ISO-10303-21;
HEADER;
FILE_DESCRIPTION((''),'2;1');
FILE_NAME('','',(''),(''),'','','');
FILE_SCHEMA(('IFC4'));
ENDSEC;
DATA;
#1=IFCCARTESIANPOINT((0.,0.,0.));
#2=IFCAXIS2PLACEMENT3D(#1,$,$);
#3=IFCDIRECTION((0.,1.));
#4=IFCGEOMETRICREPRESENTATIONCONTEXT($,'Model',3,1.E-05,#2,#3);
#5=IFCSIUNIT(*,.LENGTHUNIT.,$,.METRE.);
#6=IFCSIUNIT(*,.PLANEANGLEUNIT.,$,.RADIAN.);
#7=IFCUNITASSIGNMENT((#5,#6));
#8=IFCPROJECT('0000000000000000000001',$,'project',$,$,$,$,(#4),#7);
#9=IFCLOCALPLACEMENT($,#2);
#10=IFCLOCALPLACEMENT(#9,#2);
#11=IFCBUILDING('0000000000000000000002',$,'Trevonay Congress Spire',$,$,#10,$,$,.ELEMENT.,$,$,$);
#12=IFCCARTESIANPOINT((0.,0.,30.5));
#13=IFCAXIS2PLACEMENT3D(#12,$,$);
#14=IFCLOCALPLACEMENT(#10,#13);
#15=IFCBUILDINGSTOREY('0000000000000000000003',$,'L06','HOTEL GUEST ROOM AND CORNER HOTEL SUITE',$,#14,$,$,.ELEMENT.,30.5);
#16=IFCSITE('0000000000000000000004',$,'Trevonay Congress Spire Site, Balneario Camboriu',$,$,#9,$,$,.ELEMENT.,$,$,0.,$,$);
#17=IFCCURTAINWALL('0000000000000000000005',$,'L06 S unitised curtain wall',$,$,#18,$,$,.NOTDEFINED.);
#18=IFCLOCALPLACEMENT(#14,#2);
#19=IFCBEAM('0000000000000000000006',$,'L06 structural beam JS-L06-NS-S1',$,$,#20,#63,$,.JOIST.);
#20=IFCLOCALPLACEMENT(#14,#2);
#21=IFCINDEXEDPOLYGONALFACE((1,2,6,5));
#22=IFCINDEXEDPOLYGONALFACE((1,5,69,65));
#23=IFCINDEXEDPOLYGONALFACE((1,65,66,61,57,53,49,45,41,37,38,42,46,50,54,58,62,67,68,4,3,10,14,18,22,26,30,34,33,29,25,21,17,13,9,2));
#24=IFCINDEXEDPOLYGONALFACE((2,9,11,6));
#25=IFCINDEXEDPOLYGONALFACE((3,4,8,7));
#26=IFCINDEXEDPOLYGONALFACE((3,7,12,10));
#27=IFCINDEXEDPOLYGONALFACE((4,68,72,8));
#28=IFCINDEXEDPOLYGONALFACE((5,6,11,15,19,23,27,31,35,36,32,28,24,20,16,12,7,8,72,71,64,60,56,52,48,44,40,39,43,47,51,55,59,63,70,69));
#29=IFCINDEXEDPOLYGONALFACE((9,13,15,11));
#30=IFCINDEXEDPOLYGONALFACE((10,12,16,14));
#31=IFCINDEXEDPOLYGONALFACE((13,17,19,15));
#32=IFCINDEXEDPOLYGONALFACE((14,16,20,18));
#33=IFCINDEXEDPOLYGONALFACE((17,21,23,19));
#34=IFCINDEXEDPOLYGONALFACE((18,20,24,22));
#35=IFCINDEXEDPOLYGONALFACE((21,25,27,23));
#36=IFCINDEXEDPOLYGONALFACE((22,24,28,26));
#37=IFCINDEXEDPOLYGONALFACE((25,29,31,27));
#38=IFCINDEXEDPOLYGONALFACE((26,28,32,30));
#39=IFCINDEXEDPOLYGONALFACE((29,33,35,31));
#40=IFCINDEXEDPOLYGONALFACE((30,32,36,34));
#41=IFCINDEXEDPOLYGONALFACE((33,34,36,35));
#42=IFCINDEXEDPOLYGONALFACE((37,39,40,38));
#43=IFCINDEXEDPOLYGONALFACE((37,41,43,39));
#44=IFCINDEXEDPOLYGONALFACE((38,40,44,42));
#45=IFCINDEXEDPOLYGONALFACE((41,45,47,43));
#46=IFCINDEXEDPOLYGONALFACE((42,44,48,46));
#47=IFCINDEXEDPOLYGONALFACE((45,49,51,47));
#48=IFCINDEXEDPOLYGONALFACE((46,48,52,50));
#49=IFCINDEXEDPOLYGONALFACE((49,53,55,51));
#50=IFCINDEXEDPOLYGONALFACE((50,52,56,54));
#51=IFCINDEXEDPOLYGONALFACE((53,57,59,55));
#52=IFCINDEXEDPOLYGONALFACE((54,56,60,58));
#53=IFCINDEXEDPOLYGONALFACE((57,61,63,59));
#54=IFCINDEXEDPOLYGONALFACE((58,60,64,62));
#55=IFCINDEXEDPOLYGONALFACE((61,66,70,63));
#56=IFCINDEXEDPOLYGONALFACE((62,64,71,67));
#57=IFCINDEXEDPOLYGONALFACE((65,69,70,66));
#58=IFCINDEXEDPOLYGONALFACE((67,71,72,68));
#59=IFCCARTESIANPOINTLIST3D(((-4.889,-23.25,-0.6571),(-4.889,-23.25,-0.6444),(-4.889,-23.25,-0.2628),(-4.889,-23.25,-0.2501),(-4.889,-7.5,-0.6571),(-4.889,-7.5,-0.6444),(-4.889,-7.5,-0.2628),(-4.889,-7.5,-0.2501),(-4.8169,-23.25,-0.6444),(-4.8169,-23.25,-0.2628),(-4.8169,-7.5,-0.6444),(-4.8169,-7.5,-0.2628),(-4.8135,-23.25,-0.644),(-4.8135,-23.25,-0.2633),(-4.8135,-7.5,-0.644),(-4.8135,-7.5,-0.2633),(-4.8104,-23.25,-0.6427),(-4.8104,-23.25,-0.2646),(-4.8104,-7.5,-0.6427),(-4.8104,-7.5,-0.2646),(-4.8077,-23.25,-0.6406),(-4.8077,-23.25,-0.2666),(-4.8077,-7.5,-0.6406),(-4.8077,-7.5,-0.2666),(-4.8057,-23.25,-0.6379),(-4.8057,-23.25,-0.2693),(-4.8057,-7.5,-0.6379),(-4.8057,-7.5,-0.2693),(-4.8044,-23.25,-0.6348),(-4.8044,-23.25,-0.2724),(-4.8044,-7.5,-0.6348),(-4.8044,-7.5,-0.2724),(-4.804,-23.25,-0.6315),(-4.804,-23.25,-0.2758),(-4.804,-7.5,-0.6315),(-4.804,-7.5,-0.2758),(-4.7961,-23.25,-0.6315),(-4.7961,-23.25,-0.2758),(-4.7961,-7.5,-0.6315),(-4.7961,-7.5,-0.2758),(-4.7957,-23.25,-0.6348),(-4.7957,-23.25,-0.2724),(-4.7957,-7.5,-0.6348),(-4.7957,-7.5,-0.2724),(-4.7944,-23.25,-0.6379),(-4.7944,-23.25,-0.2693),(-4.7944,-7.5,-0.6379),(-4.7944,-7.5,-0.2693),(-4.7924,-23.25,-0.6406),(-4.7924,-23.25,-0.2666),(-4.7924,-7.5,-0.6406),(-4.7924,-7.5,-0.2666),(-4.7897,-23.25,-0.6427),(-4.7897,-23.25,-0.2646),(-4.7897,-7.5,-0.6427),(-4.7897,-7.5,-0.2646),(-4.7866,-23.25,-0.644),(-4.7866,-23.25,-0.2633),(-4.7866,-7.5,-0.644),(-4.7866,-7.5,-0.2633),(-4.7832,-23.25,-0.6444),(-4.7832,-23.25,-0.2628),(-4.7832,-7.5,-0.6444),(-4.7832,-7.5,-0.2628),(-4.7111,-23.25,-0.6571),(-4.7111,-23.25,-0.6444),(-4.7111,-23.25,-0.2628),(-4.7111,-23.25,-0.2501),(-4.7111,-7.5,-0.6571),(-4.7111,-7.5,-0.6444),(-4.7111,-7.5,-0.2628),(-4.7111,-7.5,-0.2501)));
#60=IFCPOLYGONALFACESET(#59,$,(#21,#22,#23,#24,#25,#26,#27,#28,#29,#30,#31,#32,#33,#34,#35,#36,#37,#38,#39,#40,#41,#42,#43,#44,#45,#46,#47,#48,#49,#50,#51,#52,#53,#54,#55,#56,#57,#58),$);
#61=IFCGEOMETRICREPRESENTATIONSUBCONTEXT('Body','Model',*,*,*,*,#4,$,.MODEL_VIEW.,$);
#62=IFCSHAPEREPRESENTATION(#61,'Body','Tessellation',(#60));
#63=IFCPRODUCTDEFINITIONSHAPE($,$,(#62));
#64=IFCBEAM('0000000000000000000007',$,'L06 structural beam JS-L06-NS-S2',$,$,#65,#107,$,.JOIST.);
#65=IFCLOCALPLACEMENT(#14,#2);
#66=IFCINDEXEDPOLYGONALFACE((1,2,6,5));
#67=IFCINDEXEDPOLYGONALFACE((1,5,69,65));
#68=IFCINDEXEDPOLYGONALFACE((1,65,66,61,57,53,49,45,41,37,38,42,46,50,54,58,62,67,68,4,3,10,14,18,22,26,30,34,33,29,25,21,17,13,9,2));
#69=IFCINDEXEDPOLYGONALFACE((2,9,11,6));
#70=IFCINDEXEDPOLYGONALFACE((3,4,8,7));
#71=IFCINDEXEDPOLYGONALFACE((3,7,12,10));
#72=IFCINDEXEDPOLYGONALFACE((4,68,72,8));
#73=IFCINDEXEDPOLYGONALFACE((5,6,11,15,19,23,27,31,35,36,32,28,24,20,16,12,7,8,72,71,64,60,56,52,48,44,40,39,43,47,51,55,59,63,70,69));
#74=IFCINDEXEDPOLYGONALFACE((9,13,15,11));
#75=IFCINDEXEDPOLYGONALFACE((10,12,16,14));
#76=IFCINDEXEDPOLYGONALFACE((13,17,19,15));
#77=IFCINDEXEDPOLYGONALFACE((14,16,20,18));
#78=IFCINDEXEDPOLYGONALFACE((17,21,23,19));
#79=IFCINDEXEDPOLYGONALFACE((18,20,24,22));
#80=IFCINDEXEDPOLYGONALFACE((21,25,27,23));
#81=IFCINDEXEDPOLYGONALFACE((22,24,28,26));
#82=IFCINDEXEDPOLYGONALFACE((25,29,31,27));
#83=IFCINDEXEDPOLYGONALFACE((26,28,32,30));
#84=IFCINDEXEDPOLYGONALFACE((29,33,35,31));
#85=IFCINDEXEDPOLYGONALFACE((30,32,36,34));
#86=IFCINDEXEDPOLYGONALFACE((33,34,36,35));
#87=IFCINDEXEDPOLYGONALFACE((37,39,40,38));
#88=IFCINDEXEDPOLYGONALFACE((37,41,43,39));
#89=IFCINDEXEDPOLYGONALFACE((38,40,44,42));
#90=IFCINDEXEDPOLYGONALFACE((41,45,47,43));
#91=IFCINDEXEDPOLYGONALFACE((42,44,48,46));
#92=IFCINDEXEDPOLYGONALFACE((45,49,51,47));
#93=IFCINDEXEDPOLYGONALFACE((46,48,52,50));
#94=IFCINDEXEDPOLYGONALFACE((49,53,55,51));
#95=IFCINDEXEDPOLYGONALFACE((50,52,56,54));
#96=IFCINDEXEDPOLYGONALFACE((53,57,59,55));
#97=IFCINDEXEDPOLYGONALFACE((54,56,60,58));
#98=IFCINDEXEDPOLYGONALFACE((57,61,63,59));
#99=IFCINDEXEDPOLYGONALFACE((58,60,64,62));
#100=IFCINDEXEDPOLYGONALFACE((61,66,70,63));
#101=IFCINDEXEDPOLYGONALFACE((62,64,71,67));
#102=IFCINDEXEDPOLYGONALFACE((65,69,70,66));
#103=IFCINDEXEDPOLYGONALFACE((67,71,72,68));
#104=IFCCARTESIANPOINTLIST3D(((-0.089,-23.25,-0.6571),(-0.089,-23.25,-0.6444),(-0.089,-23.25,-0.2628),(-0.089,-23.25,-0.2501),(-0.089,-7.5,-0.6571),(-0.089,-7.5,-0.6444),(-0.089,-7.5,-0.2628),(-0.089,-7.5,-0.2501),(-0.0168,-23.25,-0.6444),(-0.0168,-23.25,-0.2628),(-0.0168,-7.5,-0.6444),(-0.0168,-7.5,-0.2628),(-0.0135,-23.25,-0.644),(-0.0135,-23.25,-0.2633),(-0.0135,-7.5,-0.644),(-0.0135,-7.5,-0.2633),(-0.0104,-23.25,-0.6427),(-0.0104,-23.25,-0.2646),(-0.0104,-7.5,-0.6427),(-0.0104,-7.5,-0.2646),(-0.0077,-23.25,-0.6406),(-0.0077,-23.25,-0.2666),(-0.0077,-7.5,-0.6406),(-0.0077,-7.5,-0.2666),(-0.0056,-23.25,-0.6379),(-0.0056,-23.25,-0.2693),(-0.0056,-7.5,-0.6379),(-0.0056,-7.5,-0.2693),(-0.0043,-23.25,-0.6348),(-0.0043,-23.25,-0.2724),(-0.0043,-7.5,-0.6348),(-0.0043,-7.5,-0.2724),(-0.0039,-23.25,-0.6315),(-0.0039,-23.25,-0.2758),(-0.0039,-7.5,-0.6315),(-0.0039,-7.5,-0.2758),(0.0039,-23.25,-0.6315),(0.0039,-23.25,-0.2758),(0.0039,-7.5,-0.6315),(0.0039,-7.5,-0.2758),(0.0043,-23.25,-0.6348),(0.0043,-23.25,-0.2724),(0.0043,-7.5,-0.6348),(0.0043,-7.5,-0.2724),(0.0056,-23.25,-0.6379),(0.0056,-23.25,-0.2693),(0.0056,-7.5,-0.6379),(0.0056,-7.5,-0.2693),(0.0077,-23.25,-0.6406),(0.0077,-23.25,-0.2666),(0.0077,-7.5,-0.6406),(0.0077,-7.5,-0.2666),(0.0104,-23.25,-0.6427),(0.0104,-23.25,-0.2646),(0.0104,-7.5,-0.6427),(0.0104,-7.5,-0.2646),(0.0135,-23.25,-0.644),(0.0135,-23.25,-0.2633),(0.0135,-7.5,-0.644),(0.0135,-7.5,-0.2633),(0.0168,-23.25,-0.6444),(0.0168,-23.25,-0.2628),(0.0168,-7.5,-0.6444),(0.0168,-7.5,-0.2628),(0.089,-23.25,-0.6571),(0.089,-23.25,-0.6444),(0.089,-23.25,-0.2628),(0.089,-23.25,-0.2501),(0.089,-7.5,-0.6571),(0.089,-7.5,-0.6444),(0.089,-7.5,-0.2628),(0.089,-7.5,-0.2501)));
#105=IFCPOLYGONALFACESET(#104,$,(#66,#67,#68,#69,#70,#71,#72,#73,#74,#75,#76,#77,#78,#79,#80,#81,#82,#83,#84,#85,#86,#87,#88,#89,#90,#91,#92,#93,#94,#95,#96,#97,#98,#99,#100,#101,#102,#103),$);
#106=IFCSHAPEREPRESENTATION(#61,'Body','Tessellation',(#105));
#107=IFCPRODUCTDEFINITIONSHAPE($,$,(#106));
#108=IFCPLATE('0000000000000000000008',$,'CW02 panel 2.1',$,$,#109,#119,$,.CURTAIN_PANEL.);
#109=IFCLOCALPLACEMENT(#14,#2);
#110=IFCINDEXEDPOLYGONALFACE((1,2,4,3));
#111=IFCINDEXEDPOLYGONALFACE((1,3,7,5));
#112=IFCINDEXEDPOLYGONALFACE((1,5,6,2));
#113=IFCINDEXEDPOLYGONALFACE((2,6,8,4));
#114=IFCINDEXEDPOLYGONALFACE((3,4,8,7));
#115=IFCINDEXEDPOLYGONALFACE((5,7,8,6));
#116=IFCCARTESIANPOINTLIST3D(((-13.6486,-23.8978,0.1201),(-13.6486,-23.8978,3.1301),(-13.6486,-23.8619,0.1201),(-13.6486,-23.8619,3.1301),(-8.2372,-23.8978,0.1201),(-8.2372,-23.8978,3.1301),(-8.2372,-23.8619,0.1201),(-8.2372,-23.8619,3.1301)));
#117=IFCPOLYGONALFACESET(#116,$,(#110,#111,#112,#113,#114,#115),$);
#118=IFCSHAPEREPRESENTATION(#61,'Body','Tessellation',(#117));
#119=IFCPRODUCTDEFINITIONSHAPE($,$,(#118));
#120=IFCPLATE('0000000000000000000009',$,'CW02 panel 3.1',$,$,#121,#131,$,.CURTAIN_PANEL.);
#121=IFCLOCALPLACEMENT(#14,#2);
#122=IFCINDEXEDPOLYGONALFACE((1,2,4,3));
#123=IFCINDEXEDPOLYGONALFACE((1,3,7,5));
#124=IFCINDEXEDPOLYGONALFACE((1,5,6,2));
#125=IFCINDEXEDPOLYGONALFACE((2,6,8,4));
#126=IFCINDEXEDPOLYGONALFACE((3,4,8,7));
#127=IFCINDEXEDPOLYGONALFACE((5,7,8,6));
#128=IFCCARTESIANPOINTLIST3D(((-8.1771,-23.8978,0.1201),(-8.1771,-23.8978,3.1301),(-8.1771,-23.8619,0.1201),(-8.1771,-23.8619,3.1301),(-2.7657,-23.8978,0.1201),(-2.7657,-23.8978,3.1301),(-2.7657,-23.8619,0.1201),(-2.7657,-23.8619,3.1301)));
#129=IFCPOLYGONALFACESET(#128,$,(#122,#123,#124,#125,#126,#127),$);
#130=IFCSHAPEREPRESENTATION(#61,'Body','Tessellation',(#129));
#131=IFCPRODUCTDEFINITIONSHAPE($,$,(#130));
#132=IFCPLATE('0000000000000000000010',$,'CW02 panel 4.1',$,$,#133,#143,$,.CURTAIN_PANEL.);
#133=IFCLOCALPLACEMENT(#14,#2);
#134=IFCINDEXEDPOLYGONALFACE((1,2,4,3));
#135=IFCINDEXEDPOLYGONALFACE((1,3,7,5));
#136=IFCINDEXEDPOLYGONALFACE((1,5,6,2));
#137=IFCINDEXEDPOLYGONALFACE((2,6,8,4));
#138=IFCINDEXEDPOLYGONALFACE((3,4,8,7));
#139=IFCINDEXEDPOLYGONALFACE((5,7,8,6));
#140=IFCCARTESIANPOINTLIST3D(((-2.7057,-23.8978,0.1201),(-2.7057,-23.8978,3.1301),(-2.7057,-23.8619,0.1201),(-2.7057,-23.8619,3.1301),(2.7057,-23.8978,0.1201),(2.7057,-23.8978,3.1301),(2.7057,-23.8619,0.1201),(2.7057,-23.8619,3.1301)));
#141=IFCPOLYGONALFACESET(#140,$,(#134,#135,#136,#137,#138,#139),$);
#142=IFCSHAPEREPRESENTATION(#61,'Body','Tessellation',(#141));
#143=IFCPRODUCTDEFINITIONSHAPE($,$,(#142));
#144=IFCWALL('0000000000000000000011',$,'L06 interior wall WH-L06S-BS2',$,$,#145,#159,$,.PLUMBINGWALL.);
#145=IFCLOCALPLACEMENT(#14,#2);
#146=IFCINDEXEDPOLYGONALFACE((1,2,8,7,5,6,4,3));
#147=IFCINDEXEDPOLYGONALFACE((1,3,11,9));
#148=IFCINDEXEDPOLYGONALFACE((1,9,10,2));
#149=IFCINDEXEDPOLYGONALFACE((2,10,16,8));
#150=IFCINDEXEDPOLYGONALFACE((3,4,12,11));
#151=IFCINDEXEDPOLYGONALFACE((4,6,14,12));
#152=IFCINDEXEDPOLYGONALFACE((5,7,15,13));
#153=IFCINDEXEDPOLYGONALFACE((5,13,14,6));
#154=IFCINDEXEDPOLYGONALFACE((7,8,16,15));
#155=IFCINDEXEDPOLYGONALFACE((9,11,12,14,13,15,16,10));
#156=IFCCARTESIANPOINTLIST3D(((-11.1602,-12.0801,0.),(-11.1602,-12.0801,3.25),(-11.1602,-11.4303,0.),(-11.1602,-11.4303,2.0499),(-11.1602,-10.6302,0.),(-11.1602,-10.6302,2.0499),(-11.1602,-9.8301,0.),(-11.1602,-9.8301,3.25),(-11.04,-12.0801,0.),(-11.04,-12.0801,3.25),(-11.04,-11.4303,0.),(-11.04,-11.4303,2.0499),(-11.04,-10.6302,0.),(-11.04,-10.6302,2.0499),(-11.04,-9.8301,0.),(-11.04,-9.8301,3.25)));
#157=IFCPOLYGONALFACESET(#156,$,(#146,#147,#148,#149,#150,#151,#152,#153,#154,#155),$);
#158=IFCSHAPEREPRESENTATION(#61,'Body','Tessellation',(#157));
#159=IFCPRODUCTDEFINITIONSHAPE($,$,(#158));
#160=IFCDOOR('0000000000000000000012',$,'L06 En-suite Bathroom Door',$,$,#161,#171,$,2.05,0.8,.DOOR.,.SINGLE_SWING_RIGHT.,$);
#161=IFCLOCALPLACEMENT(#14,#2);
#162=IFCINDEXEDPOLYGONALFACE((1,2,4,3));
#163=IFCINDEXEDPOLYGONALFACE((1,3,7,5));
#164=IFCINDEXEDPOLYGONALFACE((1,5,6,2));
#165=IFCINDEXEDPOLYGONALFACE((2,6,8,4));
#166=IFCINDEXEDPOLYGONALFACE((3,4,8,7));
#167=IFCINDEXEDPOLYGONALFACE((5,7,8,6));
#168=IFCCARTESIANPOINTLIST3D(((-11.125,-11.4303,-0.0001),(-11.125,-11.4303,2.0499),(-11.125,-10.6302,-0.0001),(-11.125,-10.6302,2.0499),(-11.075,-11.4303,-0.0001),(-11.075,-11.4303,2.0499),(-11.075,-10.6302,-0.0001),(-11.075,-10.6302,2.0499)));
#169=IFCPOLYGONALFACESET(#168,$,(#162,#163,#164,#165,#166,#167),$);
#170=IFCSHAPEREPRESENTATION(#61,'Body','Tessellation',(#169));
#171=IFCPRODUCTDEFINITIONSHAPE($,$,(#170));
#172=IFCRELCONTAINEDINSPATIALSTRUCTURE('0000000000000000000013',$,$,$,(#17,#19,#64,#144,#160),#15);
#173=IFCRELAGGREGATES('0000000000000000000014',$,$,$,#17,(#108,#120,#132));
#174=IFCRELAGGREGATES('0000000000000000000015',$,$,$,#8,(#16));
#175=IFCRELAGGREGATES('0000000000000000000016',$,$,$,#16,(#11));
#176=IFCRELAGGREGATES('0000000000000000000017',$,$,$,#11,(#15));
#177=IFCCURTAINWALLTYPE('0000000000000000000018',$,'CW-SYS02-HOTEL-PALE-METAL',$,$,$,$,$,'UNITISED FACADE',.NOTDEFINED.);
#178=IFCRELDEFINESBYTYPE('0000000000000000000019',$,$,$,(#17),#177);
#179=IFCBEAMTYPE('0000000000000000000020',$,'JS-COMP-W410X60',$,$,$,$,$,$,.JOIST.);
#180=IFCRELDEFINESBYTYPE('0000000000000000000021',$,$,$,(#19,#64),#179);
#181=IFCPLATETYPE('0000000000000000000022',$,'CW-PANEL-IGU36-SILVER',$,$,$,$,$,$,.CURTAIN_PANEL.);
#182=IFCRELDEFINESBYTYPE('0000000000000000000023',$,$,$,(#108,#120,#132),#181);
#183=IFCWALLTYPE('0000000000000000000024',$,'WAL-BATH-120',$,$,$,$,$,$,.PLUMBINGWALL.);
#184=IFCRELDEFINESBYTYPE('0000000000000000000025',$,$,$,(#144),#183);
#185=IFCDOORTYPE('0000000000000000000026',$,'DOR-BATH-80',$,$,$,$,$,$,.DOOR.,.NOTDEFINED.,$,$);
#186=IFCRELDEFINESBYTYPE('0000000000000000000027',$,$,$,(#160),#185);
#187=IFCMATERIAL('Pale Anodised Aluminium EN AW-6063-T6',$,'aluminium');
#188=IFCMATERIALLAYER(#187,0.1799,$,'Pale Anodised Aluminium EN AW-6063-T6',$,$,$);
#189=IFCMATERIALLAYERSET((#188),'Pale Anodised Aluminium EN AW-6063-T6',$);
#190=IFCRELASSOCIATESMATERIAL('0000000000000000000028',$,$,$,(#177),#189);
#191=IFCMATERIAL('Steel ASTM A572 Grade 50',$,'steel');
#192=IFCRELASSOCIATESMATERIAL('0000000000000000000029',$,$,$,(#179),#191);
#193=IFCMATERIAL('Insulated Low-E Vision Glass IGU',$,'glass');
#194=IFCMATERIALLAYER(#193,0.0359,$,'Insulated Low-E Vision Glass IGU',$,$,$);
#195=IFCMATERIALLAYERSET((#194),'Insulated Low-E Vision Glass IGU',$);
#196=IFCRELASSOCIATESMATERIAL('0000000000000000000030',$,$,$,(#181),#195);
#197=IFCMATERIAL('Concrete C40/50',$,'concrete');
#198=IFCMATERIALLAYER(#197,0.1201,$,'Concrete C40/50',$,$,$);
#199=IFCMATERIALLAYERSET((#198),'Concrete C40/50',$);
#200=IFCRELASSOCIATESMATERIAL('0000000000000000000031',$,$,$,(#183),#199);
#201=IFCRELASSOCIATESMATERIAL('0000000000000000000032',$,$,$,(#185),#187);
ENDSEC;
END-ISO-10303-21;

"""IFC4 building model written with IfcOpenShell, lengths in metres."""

from ifc_helpers import new_model, si_unit, direction, frame, frame_2d, origin, origin_2d, place, context, subcontext, project, spatial, rectangle, i_section, extrude, material, layer, layer_set, material_profile, profile_set, type_object, element, fill, aggregate, save


model = new_model("IFC4")

# Units and contexts
model_context = context("Model", 3, precision=1e-05, world=origin(), true_north=direction((0.0, 1.0)))
body_context = subcontext(model_context, "Body", "Model", "MODEL_VIEW")
ifc_project = project(units=[si_unit("LENGTHUNIT", "METRE"), si_unit("PLANEANGLEUNIT", "RADIAN")], contexts=[model_context])

# Site, building, storey
site_placement = place(None, origin())
site = spatial("IfcSite", under=ifc_project, at=site_placement, Name="Trevonay Congress Spire Site, Balneario Camboriu", CompositionType="ELEMENT", RefElevation=0.0)
building_placement = place(site_placement, origin())
building = spatial("IfcBuilding", under=site, at=building_placement, Name="Trevonay Congress Spire", CompositionType="ELEMENT")
storey_placement = place(building_placement, frame((0.0, 0.0, 30.5)))
storey = spatial("IfcBuildingStorey", under=building, at=storey_placement, Name="L06", Description="HOTEL GUEST ROOM AND CORNER HOTEL SUITE", CompositionType="ELEMENT", Elevation=30.5)

# Shared definitions
ifc_material_1 = material(Name="Steel ASTM A572 Grade 50", Category="steel")

# Curtain wall
ifc_material_2 = material(Name="Pale Anodised Aluminium EN AW-6063-T6", Category="aluminium")
ifc_layer_1 = layer(ifc_material_2, 0.1799, Name="Pale Anodised Aluminium EN AW-6063-T6")
ifc_layer_set_1 = layer_set([ifc_layer_1], Name="Pale Anodised Aluminium EN AW-6063-T6")
curtain_wall_type = type_object("IfcCurtainWallType", Name="CW-SYS02-HOTEL-PALE-METAL", ElementType="UNITISED FACADE", PredefinedType="NOTDEFINED", material=ifc_layer_set_1)
curtain_wall_placement = place(storey_placement, origin())
curtain_wall = element("IfcCurtainWall", 1, at=curtain_wall_placement, inside=storey, type_object=curtain_wall_type, Name="L06 S unitised curtain wall", PredefinedType="NOTDEFINED")

# Beams
ifc_material_profile_1 = material_profile(ifc_material_1, i_section(OverallWidth=0.178, OverallDepth=0.407, WebThickness=0.0078, FlangeThickness=0.0127, FilletRadius=0.0129, at=origin_2d()), Name="W410x60")
ifc_profile_set_1 = profile_set([ifc_material_profile_1], Name="Steel ASTM A572 Grade 50")
beam_type_1 = type_object("IfcBeamType", Name="JS-COMP-W410X60", PredefinedType="JOIST", material=ifc_profile_set_1)
for number, where, z_axis, x_axis, name in (
    (2, (-4.8, -23.25, -0.4536), (0.0, 1.0, 0.0), (-1.0, 0.0, 0.0), "L06 structural beam JS-L06-NS-S1"),
    (3, (0.0, -23.25, -0.4536), (0.0, 1.0, 0.0), (-1.0, 0.0, 0.0), "L06 structural beam JS-L06-NS-S2"),
):
    element("IfcBeam", number, at=place(storey_placement, frame(where, z_axis=z_axis, x_axis=x_axis)), inside=storey, type_object=beam_type_1, Name=name, PredefinedType="JOIST", context=body_context, shape_type="SweptSolid", body=[
        extrude(i_section(OverallWidth=0.178, OverallDepth=0.407, WebThickness=0.0078, FlangeThickness=0.0127, FilletRadius=0.0129, at=origin_2d()), origin(), (0.0, 0.0, 1.0), 15.75),
    ])

# Plates
ifc_material_3 = material(Name="Insulated Low-E Vision Glass IGU", Category="glass")
ifc_layer_2 = layer(ifc_material_3, 0.0359, Name="Insulated Low-E Vision Glass IGU")
ifc_layer_set_2 = layer_set([ifc_layer_2], Name="Insulated Low-E Vision Glass IGU")
plate_type = type_object("IfcPlateType", Name="CW-PANEL-IGU36-SILVER", PredefinedType="CURTAIN_PANEL", material=ifc_layer_set_2)
plate_1_placement = place(storey_placement, frame((-10.9429, -23.8799, 0.1201), z_axis=(0.0, 0.0, 1.0), x_axis=(1.0, 0.0, 0.0)))
plate_1 = element("IfcPlate", 4, at=plate_1_placement, type_object=plate_type, Name="CW02 panel 2.1", PredefinedType="CURTAIN_PANEL", context=body_context, shape_type="SweptSolid", body=[
    extrude(rectangle(XDim=5.4114, YDim=0.0359, at=origin_2d()), origin(), (0.0, 0.0, 1.0), 3.01),
])
plate_2_placement = place(storey_placement, frame((-5.4714, -23.8799, 0.1201), z_axis=(0.0, 0.0, 1.0), x_axis=(1.0, 0.0, 0.0)))
plate_2 = element("IfcPlate", 5, at=plate_2_placement, type_object=plate_type, Name="CW02 panel 3.1", PredefinedType="CURTAIN_PANEL", context=body_context, shape_type="SweptSolid", body=[
    extrude(rectangle(XDim=5.4114, YDim=0.0359, at=origin_2d()), origin(), (0.0, 0.0, 1.0), 3.01),
])
plate_3_placement = place(storey_placement, frame((0.0, -23.8799, 0.1201), z_axis=(0.0, 0.0, 1.0), x_axis=(1.0, 0.0, 0.0)))
plate_3 = element("IfcPlate", 6, at=plate_3_placement, type_object=plate_type, Name="CW02 panel 4.1", PredefinedType="CURTAIN_PANEL", context=body_context, shape_type="SweptSolid", body=[
    extrude(rectangle(XDim=5.4114, YDim=0.0359, at=origin_2d()), origin(), (0.0, 0.0, 1.0), 3.01),
])
aggregate(curtain_wall, [plate_1, plate_2, plate_3])

# Wall, opening, door
ifc_material_4 = material(Name="Concrete C40/50", Category="concrete")
ifc_layer_3 = layer(ifc_material_4, 0.1201, Name="Concrete C40/50")
ifc_layer_set_3 = layer_set([ifc_layer_3], Name="Concrete C40/50")
wall_type_1 = type_object("IfcWallType", Name="WAL-BATH-120", PredefinedType="PLUMBINGWALL", material=ifc_layer_set_3)
wall_1_placement = place(storey_placement, frame((-11.1001, -12.0801, 0.0), z_axis=(0.0, 0.0, 1.0), x_axis=(0.0, 1.0, 0.0)))
wall_1 = element("IfcWall", 7, at=wall_1_placement, inside=storey, type_object=wall_type_1, Name="L06 interior wall WH-L06S-BS2", PredefinedType="PLUMBINGWALL", context=body_context, shape_type="SweptSolid", body=[
    extrude(rectangle(XDim=2.25, YDim=0.1201, at=frame_2d((1.125, 0.0))), origin(), (0.0, 0.0, 1.0), 3.25),
])
opening_1_placement = place(wall_1_placement, frame((0.6499, 0.0, 0.0)))
opening_1 = element("IfcOpeningElement", 8, at=opening_1_placement, cuts=wall_1, PredefinedType="OPENING", context=body_context, shape_type="SweptSolid", body=[
    extrude(rectangle(XDim=0.8, YDim=2.05, at=frame_2d((0.3999, 1.0249))), frame((0.0, 0.0701, 0.0), z_axis=(0.0, -1.0, 0.0), x_axis=(1.0, 0.0, 0.0)), (0.0, 0.0, 1.0), 0.1401),
])
door_type_1 = type_object("IfcDoorType", Name="DOR-BATH-80", OperationType="NOTDEFINED", PredefinedType="DOOR", material=ifc_material_2)
door_1_placement = place(opening_1_placement, origin())
door_1 = element("IfcDoor", 9, at=door_1_placement, inside=storey, type_object=door_type_1, Name="L06 En-suite Bathroom Door", OperationType="SINGLE_SWING_RIGHT", OverallHeight=2.05, OverallWidth=0.8, PredefinedType="DOOR", context=body_context, shape_type="SweptSolid", body=[
    extrude(rectangle(XDim=0.8, YDim=2.05, at=frame_2d((0.3999, 1.0249))), frame((0.0, 0.0249, 0.0), z_axis=(0.0, -1.0, 0.0), x_axis=(1.0, 0.0, 0.0)), (0.0, 0.0, 1.0), 0.05),
])
fill(opening_1, door_1)

save(model, "model.ifc")
